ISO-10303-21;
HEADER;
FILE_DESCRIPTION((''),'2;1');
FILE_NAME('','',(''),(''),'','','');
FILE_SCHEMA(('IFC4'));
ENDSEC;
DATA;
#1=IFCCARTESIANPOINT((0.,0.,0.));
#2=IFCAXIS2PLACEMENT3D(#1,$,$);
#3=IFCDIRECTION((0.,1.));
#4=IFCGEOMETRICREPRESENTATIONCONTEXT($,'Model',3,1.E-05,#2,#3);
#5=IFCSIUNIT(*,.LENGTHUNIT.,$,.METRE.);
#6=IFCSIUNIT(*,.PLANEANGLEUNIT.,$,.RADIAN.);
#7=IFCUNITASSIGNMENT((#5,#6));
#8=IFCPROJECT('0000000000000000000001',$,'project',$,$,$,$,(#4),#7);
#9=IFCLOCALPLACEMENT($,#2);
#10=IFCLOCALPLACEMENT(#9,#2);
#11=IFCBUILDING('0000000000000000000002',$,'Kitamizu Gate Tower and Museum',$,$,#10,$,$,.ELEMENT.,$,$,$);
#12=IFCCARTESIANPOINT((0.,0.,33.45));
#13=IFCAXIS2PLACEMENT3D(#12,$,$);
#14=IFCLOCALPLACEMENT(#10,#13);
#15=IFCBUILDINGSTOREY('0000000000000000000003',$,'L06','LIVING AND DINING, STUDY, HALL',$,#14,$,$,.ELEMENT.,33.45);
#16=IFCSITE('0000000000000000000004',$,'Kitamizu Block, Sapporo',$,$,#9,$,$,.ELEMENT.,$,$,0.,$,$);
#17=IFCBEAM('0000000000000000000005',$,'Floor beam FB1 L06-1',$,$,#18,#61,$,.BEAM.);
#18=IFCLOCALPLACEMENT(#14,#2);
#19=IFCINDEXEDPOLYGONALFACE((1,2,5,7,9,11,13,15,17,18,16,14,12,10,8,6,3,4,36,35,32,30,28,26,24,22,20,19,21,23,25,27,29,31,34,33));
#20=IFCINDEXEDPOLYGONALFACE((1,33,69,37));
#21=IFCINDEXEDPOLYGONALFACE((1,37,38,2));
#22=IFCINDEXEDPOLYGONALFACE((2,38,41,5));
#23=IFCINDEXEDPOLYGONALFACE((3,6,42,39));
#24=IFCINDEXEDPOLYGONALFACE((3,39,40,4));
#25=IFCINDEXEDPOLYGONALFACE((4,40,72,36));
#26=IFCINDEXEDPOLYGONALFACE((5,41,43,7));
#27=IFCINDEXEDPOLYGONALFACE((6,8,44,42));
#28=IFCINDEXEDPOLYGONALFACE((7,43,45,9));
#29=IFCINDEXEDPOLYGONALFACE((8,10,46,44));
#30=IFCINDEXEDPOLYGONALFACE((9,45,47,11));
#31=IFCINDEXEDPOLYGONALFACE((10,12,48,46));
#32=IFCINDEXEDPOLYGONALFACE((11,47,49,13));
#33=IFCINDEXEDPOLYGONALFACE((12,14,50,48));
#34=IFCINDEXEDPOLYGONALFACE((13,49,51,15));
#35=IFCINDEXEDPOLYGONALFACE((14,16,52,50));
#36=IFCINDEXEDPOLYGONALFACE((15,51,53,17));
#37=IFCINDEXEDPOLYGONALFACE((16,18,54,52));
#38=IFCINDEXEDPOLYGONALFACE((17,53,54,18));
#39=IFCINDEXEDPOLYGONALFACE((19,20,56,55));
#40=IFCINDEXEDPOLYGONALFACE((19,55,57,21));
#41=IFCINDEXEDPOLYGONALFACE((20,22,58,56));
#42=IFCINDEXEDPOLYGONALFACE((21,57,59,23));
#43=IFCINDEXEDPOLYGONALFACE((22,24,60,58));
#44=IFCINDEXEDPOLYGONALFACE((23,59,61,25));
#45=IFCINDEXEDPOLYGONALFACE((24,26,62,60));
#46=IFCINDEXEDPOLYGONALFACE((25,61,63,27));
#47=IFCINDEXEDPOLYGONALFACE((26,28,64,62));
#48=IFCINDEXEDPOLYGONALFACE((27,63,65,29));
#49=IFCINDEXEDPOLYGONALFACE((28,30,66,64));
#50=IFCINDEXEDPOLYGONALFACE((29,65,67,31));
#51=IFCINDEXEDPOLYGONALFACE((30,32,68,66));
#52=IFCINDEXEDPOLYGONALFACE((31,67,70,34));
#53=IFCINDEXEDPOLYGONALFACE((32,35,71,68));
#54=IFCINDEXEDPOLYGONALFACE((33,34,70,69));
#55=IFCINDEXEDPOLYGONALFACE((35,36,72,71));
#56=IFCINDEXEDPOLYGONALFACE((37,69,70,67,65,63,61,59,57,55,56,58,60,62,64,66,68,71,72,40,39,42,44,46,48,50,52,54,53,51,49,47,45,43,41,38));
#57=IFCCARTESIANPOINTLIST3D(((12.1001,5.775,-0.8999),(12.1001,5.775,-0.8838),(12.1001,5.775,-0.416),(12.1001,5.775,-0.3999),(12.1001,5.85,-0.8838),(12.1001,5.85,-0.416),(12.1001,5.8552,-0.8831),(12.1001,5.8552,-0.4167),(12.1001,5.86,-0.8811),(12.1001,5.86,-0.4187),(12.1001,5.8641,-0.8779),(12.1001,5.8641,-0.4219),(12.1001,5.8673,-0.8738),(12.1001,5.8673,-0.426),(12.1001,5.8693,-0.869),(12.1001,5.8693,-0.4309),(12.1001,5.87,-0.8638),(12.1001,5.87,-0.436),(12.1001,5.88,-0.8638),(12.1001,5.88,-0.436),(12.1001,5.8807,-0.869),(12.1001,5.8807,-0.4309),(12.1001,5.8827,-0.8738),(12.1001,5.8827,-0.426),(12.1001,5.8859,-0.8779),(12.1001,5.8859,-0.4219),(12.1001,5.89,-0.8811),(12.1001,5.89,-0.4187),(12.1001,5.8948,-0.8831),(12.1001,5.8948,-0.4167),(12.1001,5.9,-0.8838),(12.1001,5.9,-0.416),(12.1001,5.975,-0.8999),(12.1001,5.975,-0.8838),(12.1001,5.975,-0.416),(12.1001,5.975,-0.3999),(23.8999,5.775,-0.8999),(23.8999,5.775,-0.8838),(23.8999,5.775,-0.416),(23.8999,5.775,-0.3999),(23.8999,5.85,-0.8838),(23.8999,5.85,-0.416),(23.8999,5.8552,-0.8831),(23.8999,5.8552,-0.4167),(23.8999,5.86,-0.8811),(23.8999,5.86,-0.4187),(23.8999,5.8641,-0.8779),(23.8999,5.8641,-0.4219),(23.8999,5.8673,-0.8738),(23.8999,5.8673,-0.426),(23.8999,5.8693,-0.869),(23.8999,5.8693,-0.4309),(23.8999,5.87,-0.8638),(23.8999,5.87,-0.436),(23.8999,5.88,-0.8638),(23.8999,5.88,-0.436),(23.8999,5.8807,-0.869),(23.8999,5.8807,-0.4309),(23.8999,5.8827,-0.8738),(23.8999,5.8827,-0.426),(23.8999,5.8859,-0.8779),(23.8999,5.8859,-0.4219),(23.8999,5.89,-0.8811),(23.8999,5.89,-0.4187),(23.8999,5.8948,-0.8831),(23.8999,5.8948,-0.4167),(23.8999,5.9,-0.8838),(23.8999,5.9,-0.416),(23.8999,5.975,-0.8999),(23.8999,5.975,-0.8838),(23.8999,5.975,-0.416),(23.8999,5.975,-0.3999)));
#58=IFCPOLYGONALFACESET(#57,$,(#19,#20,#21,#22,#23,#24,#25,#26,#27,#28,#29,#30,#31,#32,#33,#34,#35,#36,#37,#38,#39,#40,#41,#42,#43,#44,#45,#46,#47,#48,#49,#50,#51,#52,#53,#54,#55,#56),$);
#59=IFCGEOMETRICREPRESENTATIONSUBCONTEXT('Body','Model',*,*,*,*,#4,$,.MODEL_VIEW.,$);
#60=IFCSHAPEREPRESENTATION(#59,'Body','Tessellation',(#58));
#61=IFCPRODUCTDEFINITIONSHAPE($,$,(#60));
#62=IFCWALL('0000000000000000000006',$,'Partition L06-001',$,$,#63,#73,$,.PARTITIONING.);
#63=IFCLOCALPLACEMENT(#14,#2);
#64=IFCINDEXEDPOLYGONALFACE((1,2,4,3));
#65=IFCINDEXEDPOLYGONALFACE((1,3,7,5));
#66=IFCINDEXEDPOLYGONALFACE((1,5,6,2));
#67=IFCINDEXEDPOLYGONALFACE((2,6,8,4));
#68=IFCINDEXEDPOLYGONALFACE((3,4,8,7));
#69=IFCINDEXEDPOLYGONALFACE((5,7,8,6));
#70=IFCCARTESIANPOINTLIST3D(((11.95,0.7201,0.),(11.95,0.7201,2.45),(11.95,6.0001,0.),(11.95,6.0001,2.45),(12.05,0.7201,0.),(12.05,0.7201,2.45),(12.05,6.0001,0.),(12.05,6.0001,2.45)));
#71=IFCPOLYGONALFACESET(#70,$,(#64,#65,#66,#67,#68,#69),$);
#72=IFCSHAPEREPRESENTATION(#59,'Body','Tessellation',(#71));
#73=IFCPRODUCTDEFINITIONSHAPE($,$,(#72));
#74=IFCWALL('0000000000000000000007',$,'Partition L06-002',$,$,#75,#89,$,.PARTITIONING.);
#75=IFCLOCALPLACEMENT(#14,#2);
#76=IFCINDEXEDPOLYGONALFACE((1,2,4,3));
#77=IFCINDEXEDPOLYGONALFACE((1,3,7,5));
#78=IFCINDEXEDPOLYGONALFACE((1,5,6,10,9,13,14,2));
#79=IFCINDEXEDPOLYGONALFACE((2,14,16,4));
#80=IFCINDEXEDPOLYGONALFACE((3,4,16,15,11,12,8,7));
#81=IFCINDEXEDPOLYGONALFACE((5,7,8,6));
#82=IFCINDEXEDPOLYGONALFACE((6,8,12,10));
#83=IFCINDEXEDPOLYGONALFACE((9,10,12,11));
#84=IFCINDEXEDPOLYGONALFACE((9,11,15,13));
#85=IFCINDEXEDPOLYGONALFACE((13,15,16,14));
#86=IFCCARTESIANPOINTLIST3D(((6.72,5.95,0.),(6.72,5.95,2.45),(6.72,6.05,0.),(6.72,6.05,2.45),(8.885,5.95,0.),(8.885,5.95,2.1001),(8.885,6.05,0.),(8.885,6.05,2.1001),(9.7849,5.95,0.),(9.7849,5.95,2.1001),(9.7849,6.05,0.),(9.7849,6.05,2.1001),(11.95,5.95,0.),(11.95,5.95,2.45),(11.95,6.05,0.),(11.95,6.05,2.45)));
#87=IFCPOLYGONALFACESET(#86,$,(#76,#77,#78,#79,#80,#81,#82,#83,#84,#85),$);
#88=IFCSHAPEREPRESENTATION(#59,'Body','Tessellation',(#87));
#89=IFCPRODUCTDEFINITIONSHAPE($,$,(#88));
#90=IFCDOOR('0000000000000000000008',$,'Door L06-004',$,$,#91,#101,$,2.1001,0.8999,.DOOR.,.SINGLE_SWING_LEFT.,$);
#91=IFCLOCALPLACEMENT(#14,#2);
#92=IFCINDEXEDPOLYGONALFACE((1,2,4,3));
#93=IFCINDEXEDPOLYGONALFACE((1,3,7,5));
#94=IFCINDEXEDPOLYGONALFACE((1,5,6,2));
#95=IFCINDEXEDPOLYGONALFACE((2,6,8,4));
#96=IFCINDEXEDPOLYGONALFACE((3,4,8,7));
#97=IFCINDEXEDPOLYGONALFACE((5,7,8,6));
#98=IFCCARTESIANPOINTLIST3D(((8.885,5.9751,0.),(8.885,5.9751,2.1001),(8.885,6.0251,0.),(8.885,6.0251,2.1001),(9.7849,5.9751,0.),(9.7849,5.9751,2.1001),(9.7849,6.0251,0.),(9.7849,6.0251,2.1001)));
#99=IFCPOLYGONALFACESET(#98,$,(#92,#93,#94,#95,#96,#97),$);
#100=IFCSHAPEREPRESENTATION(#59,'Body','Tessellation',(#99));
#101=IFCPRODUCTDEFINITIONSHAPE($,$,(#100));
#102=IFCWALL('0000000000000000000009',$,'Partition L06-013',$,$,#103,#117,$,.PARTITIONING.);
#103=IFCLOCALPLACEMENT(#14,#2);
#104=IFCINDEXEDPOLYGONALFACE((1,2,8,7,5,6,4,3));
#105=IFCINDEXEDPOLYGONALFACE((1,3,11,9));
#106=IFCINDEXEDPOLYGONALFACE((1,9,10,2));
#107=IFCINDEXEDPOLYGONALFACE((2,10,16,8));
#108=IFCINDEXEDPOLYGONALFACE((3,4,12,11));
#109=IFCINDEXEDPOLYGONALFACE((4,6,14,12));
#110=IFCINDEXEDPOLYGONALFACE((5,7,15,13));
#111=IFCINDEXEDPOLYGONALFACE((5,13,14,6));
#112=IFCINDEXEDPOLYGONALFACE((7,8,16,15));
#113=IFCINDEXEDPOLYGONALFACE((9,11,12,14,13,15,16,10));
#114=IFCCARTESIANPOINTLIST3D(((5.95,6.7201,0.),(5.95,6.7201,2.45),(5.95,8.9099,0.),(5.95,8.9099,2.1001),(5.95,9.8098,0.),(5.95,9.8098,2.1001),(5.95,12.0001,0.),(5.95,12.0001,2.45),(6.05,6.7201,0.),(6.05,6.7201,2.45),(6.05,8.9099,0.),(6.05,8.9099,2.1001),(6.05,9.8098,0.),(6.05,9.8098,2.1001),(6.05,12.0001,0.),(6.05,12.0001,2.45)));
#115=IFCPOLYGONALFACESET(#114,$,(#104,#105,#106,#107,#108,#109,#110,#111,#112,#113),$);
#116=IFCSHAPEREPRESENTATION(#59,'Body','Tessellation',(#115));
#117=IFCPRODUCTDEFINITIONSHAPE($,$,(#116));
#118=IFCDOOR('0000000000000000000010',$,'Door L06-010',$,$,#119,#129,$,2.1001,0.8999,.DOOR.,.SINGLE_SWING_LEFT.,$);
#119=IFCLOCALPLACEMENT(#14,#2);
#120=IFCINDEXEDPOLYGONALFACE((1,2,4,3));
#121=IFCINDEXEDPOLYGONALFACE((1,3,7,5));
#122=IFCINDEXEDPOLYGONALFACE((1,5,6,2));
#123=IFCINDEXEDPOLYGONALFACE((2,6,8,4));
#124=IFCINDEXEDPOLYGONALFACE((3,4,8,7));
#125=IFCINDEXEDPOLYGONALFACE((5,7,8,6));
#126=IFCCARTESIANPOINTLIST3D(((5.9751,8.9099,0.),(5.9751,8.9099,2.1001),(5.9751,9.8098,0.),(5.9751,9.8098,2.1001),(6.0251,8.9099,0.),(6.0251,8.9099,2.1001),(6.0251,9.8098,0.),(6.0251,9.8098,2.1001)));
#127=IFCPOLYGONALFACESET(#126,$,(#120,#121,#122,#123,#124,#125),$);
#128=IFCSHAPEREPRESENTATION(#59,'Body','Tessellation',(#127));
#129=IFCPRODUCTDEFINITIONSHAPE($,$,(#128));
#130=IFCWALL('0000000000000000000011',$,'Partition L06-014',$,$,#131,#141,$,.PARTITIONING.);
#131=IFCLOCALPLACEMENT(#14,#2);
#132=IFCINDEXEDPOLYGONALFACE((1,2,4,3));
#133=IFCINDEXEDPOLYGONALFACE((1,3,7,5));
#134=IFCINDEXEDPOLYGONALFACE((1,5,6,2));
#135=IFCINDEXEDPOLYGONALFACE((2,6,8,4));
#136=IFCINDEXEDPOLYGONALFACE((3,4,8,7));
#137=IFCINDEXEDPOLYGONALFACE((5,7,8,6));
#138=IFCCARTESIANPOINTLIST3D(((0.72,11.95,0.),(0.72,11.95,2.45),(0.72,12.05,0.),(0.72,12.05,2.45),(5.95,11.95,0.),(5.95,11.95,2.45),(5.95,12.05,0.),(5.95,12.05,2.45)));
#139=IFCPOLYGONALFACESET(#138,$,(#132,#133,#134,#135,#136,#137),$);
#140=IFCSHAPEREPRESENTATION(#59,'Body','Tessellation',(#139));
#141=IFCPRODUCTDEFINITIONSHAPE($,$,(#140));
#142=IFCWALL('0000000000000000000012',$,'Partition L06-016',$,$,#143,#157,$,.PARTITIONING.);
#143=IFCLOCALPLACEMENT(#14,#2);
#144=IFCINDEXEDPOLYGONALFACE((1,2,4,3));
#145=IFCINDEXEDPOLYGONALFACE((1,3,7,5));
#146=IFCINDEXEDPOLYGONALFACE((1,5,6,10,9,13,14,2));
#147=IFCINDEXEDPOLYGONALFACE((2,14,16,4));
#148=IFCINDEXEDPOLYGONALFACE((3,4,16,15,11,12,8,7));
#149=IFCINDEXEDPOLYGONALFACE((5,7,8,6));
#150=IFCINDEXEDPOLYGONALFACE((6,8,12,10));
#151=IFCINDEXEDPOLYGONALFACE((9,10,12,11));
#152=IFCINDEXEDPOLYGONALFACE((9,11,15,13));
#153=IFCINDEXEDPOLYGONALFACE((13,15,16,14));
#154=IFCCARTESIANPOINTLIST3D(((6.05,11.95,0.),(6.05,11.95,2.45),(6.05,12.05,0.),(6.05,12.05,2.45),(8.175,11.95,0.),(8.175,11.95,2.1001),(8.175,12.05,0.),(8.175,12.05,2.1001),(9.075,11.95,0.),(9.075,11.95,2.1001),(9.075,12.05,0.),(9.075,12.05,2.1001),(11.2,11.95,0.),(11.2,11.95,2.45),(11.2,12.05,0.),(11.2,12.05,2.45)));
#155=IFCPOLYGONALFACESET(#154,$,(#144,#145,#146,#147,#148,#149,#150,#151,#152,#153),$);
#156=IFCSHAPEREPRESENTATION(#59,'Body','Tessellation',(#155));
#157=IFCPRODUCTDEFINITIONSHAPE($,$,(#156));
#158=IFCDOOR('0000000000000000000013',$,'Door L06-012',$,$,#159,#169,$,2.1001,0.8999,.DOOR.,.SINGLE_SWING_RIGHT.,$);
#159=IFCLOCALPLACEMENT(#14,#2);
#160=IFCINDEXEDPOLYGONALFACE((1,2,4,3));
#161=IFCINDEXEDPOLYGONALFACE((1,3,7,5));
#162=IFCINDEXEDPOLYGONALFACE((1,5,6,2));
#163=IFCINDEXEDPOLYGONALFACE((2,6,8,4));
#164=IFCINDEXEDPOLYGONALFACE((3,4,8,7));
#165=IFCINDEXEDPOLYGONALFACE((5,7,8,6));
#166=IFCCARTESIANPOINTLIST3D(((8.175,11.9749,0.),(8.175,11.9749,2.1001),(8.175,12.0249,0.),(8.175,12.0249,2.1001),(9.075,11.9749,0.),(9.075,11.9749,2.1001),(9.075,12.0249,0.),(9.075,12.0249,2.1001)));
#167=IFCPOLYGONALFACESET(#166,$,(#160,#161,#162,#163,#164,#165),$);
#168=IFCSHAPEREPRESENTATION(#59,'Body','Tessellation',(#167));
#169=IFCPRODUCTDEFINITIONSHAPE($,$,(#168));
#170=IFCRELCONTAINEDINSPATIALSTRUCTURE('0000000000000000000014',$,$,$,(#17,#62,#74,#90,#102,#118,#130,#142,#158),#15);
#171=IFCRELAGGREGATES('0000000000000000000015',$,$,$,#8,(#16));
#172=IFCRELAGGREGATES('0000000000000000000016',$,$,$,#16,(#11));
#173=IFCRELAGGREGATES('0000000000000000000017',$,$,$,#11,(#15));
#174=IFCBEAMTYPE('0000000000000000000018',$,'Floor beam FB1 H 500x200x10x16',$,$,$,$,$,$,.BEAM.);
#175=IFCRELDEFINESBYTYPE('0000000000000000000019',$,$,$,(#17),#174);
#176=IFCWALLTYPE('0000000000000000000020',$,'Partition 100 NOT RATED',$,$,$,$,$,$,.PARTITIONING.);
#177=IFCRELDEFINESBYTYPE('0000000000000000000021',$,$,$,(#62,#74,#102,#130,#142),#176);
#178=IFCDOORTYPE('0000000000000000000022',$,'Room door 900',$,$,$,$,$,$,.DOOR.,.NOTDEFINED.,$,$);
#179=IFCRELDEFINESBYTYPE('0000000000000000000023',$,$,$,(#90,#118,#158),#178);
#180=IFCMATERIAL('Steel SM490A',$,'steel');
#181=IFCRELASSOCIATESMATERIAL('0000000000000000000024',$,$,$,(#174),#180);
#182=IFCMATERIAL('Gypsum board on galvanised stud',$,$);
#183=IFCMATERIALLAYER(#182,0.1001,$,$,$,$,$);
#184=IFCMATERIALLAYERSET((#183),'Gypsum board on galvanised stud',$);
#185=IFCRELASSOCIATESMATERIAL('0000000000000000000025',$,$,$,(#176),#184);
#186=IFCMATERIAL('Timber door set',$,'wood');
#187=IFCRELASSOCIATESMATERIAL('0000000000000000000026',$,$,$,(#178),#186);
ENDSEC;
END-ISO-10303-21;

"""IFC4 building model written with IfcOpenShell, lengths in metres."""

from ifc_helpers import new_model, si_unit, direction, frame, frame_2d, origin, origin_2d, place, context, subcontext, project, spatial, rectangle, i_section, extrude, material, layer, layer_set, material_profile, profile_set, type_object, element, fill, save


model = new_model("IFC4")

# Units and contexts
model_context = context("Model", 3, precision=1e-05, world=origin(), true_north=direction((0.0, 1.0)))
body_context = subcontext(model_context, "Body", "Model", "MODEL_VIEW")
ifc_project = project(units=[si_unit("LENGTHUNIT", "METRE"), si_unit("PLANEANGLEUNIT", "RADIAN")], contexts=[model_context])

# Site, building, storey
site_placement = place(None, origin())
site = spatial("IfcSite", under=ifc_project, at=site_placement, Name="Kitamizu Block, Sapporo", CompositionType="ELEMENT", RefElevation=0.0)
building_placement = place(site_placement, origin())
building = spatial("IfcBuilding", under=site, at=building_placement, Name="Kitamizu Gate Tower and Museum", CompositionType="ELEMENT")
storey_placement = place(building_placement, frame((0.0, 0.0, 33.45)))
storey = spatial("IfcBuildingStorey", under=building, at=storey_placement, Name="L06", Description="LIVING AND DINING, STUDY, HALL", CompositionType="ELEMENT", Elevation=33.45)

# Beam
ifc_material_1 = material(Name="Steel SM490A", Category="steel")
ifc_material_profile = material_profile(ifc_material_1, i_section(OverallWidth=0.2, OverallDepth=0.5, WebThickness=0.01, FlangeThickness=0.0161, FilletRadius=0.02, at=origin_2d()), Name="H-500x200x10x16")
ifc_profile_set = profile_set([ifc_material_profile], Name="Steel SM490A")
beam_type = type_object("IfcBeamType", Name="Floor beam FB1 H 500x200x10x16", PredefinedType="BEAM", material=ifc_profile_set)
beam_placement = place(storey_placement, frame((12.1001, 5.875, -0.6499), z_axis=(1.0, 0.0, 0.0), x_axis=(0.0, 1.0, 0.0)))
element("IfcBeam", 1, at=beam_placement, inside=storey, type_object=beam_type, Name="Floor beam FB1 L06-1", PredefinedType="BEAM", context=body_context, shape_type="SweptSolid", body=[
    extrude(i_section(OverallWidth=0.2, OverallDepth=0.5, WebThickness=0.01, FlangeThickness=0.0161, FilletRadius=0.02, at=origin_2d()), origin(), (0.0, 0.0, 1.0), 11.7998),
])

# Wall
ifc_material_2 = material(Name="Gypsum board on galvanised stud")
ifc_layer = layer(ifc_material_2, 0.1001)
ifc_layer_set = layer_set([ifc_layer], Name="Gypsum board on galvanised stud")
wall_type = type_object("IfcWallType", Name="Partition 100 NOT RATED", PredefinedType="PARTITIONING", material=ifc_layer_set)
wall_1_placement = place(storey_placement, frame((12.0, 0.72, 0.0), z_axis=(0.0, 0.0, 1.0), x_axis=(0.0, 1.0, 0.0)))
element("IfcWall", 2, at=wall_1_placement, inside=storey, type_object=wall_type, Name="Partition L06-001", PredefinedType="PARTITIONING", context=body_context, shape_type="SweptSolid", body=[
    extrude(rectangle(XDim=5.28, YDim=0.1001, at=frame_2d((2.6401, 0.0))), origin(), (0.0, 0.0, 1.0), 2.45),
])

# Walls, openings, doors
wall_2_placement = place(storey_placement, frame((11.95, 6.0, 0.0), z_axis=(0.0, 0.0, 1.0), x_axis=(-1.0, 0.0, 0.0)))
wall_2 = element("IfcWall", 3, at=wall_2_placement, inside=storey, type_object=wall_type, Name="Partition L06-002", PredefinedType="PARTITIONING", context=body_context, shape_type="SweptSolid", body=[
    extrude(rectangle(XDim=5.23, YDim=0.1001, at=frame_2d((2.615, 0.0))), origin(), (0.0, 0.0, 1.0), 2.45),
])
opening_1_placement = place(wall_2_placement, frame((2.165, 0.0, 0.0)))
opening_1 = element("IfcOpeningElement", 4, at=opening_1_placement, cuts=wall_2, PredefinedType="OPENING", context=body_context, shape_type="SweptSolid", body=[
    extrude(rectangle(XDim=0.8999, YDim=2.1001, at=frame_2d((0.45, 1.05))), frame((0.0, 0.0601, 0.0), z_axis=(0.0, -1.0, 0.0), x_axis=(1.0, 0.0, 0.0)), (0.0, 0.0, 1.0), 0.1201),
])
ifc_material_3 = material(Name="Timber door set", Category="wood")
door_type = type_object("IfcDoorType", Name="Room door 900", OperationType="NOTDEFINED", PredefinedType="DOOR", material=ifc_material_3)
door_1_placement = place(opening_1_placement, origin())
door_1 = element("IfcDoor", 5, at=door_1_placement, inside=storey, type_object=door_type, Name="Door L06-004", OperationType="SINGLE_SWING_LEFT", OverallHeight=2.1001, OverallWidth=0.8999, PredefinedType="DOOR", context=body_context, shape_type="SweptSolid", body=[
    extrude(rectangle(XDim=0.8999, YDim=2.1001, at=frame_2d((0.45, 1.05))), frame((0.0, 0.0249, 0.0), z_axis=(0.0, -1.0, 0.0), x_axis=(1.0, 0.0, 0.0)), (0.0, 0.0, 1.0), 0.05),
])
fill(opening_1, door_1)
wall_3_placement = place(storey_placement, frame((6.0, 6.72, 0.0), z_axis=(0.0, 0.0, 1.0), x_axis=(0.0, 1.0, 0.0)))
wall_3 = element("IfcWall", 6, at=wall_3_placement, inside=storey, type_object=wall_type, Name="Partition L06-013", PredefinedType="PARTITIONING", context=body_context, shape_type="SweptSolid", body=[
    extrude(rectangle(XDim=5.28, YDim=0.1001, at=frame_2d((2.6401, 0.0))), origin(), (0.0, 0.0, 1.0), 2.45),
])
opening_2_placement = place(wall_3_placement, frame((2.1899, 0.0, 0.0)))
opening_2 = element("IfcOpeningElement", 7, at=opening_2_placement, cuts=wall_3, PredefinedType="OPENING", context=body_context, shape_type="SweptSolid", body=[
    extrude(rectangle(XDim=0.8999, YDim=2.1001, at=frame_2d((0.45, 1.05))), frame((0.0, 0.0601, 0.0), z_axis=(0.0, -1.0, 0.0), x_axis=(1.0, 0.0, 0.0)), (0.0, 0.0, 1.0), 0.1201),
])
door_2_placement = place(opening_2_placement, origin())
door_2 = element("IfcDoor", 8, at=door_2_placement, inside=storey, type_object=door_type, Name="Door L06-010", OperationType="SINGLE_SWING_LEFT", OverallHeight=2.1001, OverallWidth=0.8999, PredefinedType="DOOR", context=body_context, shape_type="SweptSolid", body=[
    extrude(rectangle(XDim=0.8999, YDim=2.1001, at=frame_2d((0.45, 1.05))), frame((0.0, 0.0249, 0.0), z_axis=(0.0, -1.0, 0.0), x_axis=(1.0, 0.0, 0.0)), (0.0, 0.0, 1.0), 0.05),
])
fill(opening_2, door_2)

# Wall
wall_4_placement = place(storey_placement, frame((5.95, 12.0, 0.0), z_axis=(0.0, 0.0, 1.0), x_axis=(-1.0, 0.0, 0.0)))
element("IfcWall", 9, at=wall_4_placement, inside=storey, type_object=wall_type, Name="Partition L06-014", PredefinedType="PARTITIONING", context=body_context, shape_type="SweptSolid", body=[
    extrude(rectangle(XDim=5.23, YDim=0.1001, at=frame_2d((2.615, 0.0))), origin(), (0.0, 0.0, 1.0), 2.45),
])

# Wall, opening, door
wall_5_placement = place(storey_placement, frame((11.2, 12.0, 0.0), z_axis=(0.0, 0.0, 1.0), x_axis=(-1.0, 0.0, 0.0)))
wall_5 = element("IfcWall", 10, at=wall_5_placement, inside=storey, type_object=wall_type, Name="Partition L06-016", PredefinedType="PARTITIONING", context=body_context, shape_type="SweptSolid", body=[
    extrude(rectangle(XDim=5.1499, YDim=0.1001, at=frame_2d((2.575, 0.0))), origin(), (0.0, 0.0, 1.0), 2.45),
])
opening_3_placement = place(wall_5_placement, frame((2.125, 0.0, 0.0)))
opening_3 = element("IfcOpeningElement", 11, at=opening_3_placement, cuts=wall_5, PredefinedType="OPENING", context=body_context, shape_type="SweptSolid", body=[
    extrude(rectangle(XDim=0.8999, YDim=2.1001, at=frame_2d((0.45, 1.05))), frame((0.0, 0.0601, 0.0), z_axis=(0.0, -1.0, 0.0), x_axis=(1.0, 0.0, 0.0)), (0.0, 0.0, 1.0), 0.1201),
])
door_3_placement = place(opening_3_placement, frame((0.8999, 0.0, 0.0), x_axis=(-1.0, 0.0, 0.0)))
door_3 = element("IfcDoor", 12, at=door_3_placement, inside=storey, type_object=door_type, Name="Door L06-012", OperationType="SINGLE_SWING_RIGHT", OverallHeight=2.1001, OverallWidth=0.8999, PredefinedType="DOOR", context=body_context, shape_type="SweptSolid", body=[
    extrude(rectangle(XDim=0.8999, YDim=2.1001, at=frame_2d((0.45, 1.05))), frame((0.0, 0.0249, 0.0), z_axis=(0.0, -1.0, 0.0), x_axis=(1.0, 0.0, 0.0)), (0.0, 0.0, 1.0), 0.05),
])
fill(opening_3, door_3)

save(model, "model.ifc")
